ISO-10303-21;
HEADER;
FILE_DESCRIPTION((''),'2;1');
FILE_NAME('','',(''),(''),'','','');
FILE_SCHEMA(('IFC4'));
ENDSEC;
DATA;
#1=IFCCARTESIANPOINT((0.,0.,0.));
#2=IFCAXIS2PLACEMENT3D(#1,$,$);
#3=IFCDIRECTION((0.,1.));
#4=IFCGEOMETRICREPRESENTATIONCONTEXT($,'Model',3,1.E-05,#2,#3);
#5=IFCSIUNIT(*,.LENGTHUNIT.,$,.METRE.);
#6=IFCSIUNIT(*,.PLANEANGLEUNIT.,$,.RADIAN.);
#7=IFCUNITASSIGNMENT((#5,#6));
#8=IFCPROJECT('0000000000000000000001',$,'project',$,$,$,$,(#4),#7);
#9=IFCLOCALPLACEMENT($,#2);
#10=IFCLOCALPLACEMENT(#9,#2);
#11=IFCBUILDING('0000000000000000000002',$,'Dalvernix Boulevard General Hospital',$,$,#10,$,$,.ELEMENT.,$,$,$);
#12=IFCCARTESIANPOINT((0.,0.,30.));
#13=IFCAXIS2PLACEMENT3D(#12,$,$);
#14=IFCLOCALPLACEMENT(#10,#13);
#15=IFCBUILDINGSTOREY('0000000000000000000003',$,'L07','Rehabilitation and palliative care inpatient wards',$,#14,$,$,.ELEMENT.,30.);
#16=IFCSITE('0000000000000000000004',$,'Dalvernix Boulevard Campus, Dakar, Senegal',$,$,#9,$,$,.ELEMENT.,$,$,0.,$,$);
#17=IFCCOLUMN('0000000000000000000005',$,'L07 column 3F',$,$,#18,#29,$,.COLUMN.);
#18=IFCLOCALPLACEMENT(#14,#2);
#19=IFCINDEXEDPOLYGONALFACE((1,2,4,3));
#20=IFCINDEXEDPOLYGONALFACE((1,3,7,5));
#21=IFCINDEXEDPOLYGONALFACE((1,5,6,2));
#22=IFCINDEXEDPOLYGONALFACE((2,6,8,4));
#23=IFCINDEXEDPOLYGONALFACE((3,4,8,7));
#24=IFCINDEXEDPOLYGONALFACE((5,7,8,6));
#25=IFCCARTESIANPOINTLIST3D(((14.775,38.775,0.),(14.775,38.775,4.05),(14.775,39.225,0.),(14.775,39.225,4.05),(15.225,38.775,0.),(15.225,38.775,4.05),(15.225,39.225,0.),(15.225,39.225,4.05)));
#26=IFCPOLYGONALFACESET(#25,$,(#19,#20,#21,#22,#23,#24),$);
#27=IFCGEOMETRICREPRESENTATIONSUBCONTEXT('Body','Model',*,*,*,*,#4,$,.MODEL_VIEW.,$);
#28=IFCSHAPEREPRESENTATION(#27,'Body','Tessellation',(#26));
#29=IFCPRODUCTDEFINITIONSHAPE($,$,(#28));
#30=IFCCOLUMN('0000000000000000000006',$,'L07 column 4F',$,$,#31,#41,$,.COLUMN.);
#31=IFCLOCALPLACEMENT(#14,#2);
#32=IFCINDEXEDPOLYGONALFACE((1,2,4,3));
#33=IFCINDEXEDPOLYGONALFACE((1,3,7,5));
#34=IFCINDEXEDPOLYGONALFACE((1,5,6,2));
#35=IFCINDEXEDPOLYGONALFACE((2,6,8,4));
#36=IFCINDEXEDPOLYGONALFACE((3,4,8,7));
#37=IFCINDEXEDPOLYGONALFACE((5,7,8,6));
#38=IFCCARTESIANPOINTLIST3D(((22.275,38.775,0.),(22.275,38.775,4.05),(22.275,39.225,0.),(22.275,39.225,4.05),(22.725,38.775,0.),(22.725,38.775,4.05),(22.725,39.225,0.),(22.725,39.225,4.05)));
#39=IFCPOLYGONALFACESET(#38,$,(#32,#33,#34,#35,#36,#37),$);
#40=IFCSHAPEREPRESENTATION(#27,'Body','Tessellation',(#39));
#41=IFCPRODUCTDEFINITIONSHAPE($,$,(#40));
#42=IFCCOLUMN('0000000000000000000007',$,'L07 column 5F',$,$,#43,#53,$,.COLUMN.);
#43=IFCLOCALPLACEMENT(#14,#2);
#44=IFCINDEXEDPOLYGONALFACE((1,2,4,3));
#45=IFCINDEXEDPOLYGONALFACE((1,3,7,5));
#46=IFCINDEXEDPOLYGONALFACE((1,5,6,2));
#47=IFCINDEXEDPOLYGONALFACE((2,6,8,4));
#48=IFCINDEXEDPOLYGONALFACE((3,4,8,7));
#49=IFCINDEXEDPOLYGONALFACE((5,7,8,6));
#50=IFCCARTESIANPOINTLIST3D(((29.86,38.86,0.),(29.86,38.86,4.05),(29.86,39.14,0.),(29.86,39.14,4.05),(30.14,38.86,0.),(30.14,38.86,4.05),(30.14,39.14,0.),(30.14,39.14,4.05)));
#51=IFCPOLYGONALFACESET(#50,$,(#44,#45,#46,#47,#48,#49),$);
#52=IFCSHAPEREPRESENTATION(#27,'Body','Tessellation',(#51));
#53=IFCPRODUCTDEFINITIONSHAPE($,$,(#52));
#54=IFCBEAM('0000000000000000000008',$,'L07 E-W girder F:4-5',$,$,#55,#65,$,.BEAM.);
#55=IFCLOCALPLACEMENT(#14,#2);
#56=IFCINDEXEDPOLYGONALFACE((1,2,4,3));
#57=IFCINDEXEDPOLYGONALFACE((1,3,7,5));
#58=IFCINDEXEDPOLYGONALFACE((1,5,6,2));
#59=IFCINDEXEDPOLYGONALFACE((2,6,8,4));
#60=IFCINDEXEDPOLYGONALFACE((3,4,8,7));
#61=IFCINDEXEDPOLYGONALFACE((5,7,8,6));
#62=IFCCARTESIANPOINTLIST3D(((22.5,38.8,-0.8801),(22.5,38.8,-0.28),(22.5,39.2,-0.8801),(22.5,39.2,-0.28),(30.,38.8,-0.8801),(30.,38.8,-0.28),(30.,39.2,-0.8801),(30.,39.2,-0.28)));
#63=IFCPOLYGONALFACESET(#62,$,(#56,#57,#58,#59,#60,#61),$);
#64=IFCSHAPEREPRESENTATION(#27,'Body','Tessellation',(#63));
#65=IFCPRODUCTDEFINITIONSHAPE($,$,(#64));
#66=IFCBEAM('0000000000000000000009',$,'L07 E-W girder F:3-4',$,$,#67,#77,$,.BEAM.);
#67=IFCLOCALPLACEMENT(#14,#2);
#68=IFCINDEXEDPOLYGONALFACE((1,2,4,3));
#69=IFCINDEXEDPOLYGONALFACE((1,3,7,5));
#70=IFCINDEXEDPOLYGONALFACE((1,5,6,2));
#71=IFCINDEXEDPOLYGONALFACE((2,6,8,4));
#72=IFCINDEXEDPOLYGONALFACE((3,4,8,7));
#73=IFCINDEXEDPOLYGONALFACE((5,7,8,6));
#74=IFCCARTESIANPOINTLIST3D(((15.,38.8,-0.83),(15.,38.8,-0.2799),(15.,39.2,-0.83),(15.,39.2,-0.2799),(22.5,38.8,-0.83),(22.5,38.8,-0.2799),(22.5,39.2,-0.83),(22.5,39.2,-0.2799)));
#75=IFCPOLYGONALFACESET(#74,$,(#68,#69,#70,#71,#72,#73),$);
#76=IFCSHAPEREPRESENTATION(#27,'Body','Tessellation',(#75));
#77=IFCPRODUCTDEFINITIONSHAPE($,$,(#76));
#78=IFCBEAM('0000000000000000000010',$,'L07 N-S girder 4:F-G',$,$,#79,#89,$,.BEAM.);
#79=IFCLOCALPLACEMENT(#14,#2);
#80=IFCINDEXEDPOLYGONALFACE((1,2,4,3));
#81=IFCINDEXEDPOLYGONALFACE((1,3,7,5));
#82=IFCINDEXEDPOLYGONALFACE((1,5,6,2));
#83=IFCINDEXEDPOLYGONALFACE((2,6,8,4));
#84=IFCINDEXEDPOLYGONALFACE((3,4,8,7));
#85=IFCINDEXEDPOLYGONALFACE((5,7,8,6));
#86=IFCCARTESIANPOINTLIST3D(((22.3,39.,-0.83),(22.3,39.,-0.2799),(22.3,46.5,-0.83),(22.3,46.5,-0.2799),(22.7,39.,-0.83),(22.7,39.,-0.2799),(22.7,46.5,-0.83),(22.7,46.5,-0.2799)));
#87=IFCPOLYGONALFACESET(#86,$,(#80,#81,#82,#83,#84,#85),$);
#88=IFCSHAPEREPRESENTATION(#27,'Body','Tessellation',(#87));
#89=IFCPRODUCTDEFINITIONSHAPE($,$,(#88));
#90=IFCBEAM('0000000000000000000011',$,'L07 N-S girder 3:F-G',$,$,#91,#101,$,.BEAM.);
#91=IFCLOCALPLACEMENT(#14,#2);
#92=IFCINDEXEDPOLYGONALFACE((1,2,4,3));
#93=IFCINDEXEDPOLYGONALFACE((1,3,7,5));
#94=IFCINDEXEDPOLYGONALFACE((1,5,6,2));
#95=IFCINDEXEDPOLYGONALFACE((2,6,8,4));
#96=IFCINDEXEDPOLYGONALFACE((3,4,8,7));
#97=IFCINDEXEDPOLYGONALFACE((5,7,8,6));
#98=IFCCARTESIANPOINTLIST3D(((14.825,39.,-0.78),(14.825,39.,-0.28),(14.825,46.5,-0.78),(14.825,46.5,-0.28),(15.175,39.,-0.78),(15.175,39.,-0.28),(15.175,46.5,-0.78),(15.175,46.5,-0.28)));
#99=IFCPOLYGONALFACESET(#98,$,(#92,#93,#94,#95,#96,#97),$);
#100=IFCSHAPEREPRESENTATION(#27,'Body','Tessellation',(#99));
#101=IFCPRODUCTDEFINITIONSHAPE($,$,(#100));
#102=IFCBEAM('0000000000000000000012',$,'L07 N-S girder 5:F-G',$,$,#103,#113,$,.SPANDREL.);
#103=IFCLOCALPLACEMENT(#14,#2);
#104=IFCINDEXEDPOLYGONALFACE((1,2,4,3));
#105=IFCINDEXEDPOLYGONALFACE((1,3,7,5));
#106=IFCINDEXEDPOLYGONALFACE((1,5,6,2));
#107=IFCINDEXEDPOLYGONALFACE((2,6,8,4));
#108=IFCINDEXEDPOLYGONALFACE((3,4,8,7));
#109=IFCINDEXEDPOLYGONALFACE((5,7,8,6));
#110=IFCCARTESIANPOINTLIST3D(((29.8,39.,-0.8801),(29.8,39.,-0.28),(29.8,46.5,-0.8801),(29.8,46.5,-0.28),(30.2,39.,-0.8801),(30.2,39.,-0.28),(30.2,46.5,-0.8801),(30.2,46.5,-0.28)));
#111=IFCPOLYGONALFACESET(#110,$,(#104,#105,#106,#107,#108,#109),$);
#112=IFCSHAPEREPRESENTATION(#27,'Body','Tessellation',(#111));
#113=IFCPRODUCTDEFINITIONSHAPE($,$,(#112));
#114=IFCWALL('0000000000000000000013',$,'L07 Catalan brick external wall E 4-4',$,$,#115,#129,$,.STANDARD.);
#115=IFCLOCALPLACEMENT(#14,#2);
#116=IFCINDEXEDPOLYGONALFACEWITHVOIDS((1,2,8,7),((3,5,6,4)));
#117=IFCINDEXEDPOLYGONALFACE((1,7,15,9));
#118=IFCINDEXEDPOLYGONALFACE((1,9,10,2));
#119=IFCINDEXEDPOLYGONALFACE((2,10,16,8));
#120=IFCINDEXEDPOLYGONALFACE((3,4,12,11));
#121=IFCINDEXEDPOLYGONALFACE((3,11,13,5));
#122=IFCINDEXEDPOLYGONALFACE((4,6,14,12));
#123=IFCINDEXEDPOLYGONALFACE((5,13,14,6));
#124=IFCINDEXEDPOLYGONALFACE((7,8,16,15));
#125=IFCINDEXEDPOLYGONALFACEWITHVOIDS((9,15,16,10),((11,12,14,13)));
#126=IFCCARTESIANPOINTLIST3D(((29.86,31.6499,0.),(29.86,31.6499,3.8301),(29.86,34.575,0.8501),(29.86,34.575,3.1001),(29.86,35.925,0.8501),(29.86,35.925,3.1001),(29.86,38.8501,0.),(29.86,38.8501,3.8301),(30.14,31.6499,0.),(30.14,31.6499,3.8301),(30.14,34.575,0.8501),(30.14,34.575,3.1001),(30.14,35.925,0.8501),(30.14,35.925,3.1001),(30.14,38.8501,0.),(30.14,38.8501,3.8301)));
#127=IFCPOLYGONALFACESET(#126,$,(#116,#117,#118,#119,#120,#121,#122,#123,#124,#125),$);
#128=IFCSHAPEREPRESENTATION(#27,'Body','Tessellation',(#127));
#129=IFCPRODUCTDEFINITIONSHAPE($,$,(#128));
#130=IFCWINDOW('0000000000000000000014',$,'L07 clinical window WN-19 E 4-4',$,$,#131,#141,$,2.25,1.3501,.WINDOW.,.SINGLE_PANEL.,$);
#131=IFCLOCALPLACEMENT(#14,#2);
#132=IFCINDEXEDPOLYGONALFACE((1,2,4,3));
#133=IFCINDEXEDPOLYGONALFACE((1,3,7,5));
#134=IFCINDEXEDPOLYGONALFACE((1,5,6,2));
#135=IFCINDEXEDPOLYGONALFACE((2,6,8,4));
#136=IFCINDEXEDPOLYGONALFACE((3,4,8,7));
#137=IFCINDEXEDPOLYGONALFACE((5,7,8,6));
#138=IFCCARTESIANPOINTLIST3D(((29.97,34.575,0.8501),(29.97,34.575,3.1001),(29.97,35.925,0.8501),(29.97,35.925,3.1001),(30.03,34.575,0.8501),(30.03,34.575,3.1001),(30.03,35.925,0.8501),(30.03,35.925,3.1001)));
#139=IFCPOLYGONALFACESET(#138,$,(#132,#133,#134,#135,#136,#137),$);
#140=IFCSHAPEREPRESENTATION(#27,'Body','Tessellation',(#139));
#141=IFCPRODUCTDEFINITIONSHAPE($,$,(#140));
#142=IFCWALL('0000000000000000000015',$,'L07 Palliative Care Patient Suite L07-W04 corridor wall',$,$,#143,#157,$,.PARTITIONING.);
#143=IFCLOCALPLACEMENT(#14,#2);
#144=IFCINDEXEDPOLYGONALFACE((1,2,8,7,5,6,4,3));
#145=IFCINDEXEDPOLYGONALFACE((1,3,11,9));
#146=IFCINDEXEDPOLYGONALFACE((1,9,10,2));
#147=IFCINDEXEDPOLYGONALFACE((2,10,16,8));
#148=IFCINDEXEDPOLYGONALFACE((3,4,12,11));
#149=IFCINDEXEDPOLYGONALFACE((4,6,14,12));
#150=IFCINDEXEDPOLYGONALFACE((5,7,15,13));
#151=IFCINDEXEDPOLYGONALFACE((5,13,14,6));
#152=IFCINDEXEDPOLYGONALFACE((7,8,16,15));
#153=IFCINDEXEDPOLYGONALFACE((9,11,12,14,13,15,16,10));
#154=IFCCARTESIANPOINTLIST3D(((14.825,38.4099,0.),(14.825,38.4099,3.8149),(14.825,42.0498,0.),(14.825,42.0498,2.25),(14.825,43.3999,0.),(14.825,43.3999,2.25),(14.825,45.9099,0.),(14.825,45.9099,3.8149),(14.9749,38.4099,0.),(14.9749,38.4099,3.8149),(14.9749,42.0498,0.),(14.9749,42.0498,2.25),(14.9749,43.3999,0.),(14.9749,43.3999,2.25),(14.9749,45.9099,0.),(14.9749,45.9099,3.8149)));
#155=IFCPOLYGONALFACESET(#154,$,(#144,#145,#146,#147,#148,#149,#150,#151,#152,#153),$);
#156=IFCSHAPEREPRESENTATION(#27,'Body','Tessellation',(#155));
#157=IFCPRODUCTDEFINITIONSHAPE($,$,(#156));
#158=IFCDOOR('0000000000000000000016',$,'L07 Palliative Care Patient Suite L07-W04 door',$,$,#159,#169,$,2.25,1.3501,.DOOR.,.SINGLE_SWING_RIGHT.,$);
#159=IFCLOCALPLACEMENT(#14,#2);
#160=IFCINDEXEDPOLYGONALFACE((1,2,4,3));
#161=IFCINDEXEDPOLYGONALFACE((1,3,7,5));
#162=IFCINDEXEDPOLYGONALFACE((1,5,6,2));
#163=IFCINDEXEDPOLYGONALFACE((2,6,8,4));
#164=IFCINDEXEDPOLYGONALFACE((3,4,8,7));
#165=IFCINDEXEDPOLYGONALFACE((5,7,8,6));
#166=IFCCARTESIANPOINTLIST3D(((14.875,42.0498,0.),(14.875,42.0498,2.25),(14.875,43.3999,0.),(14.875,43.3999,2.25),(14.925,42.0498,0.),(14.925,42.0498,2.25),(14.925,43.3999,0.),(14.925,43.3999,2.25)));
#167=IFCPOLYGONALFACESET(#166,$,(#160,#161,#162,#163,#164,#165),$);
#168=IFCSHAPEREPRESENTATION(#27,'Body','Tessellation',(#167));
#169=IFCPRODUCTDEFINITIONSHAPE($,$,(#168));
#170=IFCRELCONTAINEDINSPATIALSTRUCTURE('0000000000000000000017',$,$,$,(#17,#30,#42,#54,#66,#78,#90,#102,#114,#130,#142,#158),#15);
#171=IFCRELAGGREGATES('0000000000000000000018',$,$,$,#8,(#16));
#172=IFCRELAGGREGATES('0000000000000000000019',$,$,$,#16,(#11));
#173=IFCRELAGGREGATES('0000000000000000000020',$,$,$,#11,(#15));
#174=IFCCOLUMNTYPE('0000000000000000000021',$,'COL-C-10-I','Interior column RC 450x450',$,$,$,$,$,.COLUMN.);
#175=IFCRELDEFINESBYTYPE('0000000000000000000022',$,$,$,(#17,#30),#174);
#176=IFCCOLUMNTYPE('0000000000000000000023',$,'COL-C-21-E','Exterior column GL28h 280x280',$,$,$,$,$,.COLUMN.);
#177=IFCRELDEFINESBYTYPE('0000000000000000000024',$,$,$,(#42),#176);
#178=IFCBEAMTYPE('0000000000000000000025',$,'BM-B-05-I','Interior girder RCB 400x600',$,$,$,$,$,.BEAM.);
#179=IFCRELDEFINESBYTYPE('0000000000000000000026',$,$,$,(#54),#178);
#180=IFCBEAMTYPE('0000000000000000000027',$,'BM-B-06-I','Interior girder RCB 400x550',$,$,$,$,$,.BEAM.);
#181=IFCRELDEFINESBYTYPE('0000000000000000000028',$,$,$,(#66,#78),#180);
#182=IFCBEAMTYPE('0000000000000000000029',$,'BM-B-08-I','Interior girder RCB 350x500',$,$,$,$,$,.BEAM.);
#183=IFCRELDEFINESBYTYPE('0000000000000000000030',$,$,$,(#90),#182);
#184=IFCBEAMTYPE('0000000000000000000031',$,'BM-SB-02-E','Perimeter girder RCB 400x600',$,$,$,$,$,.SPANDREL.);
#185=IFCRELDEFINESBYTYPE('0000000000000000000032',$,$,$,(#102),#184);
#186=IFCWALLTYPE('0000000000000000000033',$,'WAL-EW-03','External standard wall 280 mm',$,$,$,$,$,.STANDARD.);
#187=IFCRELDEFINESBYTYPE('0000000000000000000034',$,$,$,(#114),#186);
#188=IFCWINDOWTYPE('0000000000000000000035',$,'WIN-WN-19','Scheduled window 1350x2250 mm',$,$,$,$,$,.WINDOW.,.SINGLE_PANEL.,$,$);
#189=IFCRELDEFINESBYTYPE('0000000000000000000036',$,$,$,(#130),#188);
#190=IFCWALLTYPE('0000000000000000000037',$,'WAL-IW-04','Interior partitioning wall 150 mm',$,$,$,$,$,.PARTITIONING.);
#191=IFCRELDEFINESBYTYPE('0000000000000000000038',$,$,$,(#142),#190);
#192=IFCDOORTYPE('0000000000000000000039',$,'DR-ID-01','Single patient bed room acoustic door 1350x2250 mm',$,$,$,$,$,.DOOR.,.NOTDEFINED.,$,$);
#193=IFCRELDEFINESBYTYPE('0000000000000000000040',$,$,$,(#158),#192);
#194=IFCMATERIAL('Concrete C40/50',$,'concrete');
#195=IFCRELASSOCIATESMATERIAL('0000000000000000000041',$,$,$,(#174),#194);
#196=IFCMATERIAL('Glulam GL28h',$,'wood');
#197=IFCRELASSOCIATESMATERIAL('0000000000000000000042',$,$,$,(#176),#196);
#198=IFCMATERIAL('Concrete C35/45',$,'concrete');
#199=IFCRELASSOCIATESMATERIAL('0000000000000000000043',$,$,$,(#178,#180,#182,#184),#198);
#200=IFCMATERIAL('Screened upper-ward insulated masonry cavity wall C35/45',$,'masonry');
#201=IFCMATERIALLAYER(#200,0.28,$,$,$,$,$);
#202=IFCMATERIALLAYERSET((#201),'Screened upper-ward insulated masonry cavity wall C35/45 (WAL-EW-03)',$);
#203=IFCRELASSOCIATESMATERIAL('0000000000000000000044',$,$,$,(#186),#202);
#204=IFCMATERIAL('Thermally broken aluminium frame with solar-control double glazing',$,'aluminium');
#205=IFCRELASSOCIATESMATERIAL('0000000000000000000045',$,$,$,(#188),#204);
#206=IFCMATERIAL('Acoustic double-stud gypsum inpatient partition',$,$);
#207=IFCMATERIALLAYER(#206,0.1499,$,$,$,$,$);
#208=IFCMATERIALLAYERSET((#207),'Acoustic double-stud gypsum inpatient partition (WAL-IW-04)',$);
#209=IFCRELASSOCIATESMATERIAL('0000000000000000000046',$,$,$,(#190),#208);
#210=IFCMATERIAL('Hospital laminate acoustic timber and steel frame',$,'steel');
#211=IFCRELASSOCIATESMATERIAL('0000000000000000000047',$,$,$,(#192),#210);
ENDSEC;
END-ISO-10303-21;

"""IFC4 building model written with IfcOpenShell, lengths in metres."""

from ifc_helpers import new_model, si_unit, direction, frame, frame_2d, origin, origin_2d, place, context, subcontext, project, spatial, rectangle, extrude, material, layer, layer_set, material_profile, profile_set, type_object, element, fill, save


model = new_model("IFC4")

# Units and contexts
model_context = context("Model", 3, precision=1e-05, world=origin(), true_north=direction((0.0, 1.0)))
body_context = subcontext(model_context, "Body", "Model", "MODEL_VIEW")
ifc_project = project(units=[si_unit("LENGTHUNIT", "METRE"), si_unit("PLANEANGLEUNIT", "RADIAN")], contexts=[model_context])

# Site, building, storey
site_placement = place(None, origin())
site = spatial("IfcSite", under=ifc_project, at=site_placement, Name="Dalvernix Boulevard Campus, Dakar, Senegal", CompositionType="ELEMENT", RefElevation=0.0)
building_placement = place(site_placement, origin())
building = spatial("IfcBuilding", under=site, at=building_placement, Name="Dalvernix Boulevard General Hospital", CompositionType="ELEMENT")
storey_placement = place(building_placement, frame((0.0, 0.0, 30.0)))
storey = spatial("IfcBuildingStorey", under=building, at=storey_placement, Name="L07", Description="Rehabilitation and palliative care inpatient wards", CompositionType="ELEMENT", Elevation=30.0)

# Columns
ifc_material_1 = material(Name="Concrete C40/50", Category="concrete")
ifc_material_profile_1 = material_profile(ifc_material_1, rectangle(XDim=0.45, YDim=0.45, at=origin_2d()), Name="RC 450x450")
ifc_profile_set_1 = profile_set([ifc_material_profile_1], Name="Concrete C40/50")
column_type_1 = type_object("IfcColumnType", Name="COL-C-10-I", Description="Interior column RC 450x450", PredefinedType="COLUMN", material=ifc_profile_set_1)
for number, where, z_axis, x_axis, name in (
    (1, (15.0, 39.0, 0.0), (0.0, 0.0, 1.0), (1.0, 0.0, 0.0), "L07 column 3F"),
    (2, (22.5, 39.0, 0.0), (0.0, 0.0, 1.0), (1.0, 0.0, 0.0), "L07 column 4F"),
):
    element("IfcColumn", number, at=place(storey_placement, frame(where, z_axis=z_axis, x_axis=x_axis)), inside=storey, type_object=column_type_1, Name=name, PredefinedType="COLUMN", context=body_context, shape_type="SweptSolid", body=[
        extrude(rectangle(XDim=0.45, YDim=0.45, at=origin_2d()), origin(), (0.0, 0.0, 1.0), 4.05),
    ])
ifc_material_2 = material(Name="Glulam GL28h", Category="wood")
ifc_material_profile_2 = material_profile(ifc_material_2, rectangle(XDim=0.28, YDim=0.28, at=origin_2d()), Name="GL28h 280x280")
ifc_profile_set_2 = profile_set([ifc_material_profile_2], Name="Glulam GL28h")
column_type_2 = type_object("IfcColumnType", Name="COL-C-21-E", Description="Exterior column GL28h 280x280", PredefinedType="COLUMN", material=ifc_profile_set_2)
column_placement = place(storey_placement, frame((30.0, 39.0, 0.0), z_axis=(0.0, 0.0, 1.0), x_axis=(1.0, 0.0, 0.0)))
element("IfcColumn", 3, at=column_placement, inside=storey, type_object=column_type_2, Name="L07 column 5F", PredefinedType="COLUMN", context=body_context, shape_type="SweptSolid", body=[
    extrude(rectangle(XDim=0.28, YDim=0.28, at=origin_2d()), origin(), (0.0, 0.0, 1.0), 4.05),
])

# Beams
ifc_material_3 = material(Name="Concrete C35/45", Category="concrete")
ifc_material_profile_3 = material_profile(ifc_material_3, rectangle(XDim=0.3999, YDim=0.6001, at=origin_2d()), Name="RCB 400x600")
ifc_profile_set_3 = profile_set([ifc_material_profile_3], Name="Concrete C35/45")
beam_type_1 = type_object("IfcBeamType", Name="BM-B-05-I", Description="Interior girder RCB 400x600", PredefinedType="BEAM", material=ifc_profile_set_3)
beam_1_placement = place(storey_placement, frame((22.5, 39.0, -0.5801), z_axis=(1.0, 0.0, 0.0), x_axis=(0.0, 1.0, 0.0)))
element("IfcBeam", 4, at=beam_1_placement, inside=storey, type_object=beam_type_1, Name="L07 E-W girder F:4-5", PredefinedType="BEAM", context=body_context, shape_type="SweptSolid", body=[
    extrude(rectangle(XDim=0.3999, YDim=0.6001, at=origin_2d()), origin(), (0.0, 0.0, 1.0), 7.5),
])
ifc_material_profile_4 = material_profile(ifc_material_3, rectangle(XDim=0.3999, YDim=0.55, at=origin_2d()), Name="RCB 400x550")
ifc_profile_set_4 = profile_set([ifc_material_profile_4], Name="Concrete C35/45")
beam_type_2 = type_object("IfcBeamType", Name="BM-B-06-I", Description="Interior girder RCB 400x550", PredefinedType="BEAM", material=ifc_profile_set_4)
for number, where, z_axis, x_axis, name in (
    (5, (15.0, 39.0, -0.5549), (1.0, 0.0, 0.0), (0.0, 1.0, 0.0), "L07 E-W girder F:3-4"),
    (6, (22.5, 39.0, -0.5549), (0.0, 1.0, 0.0), (-1.0, 0.0, 0.0), "L07 N-S girder 4:F-G"),
):
    element("IfcBeam", number, at=place(storey_placement, frame(where, z_axis=z_axis, x_axis=x_axis)), inside=storey, type_object=beam_type_2, Name=name, PredefinedType="BEAM", context=body_context, shape_type="SweptSolid", body=[
        extrude(rectangle(XDim=0.3999, YDim=0.55, at=origin_2d()), origin(), (0.0, 0.0, 1.0), 7.5),
    ])
ifc_material_profile_5 = material_profile(ifc_material_3, rectangle(XDim=0.3501, YDim=0.5, at=origin_2d()), Name="RCB 350x500")
ifc_profile_set_5 = profile_set([ifc_material_profile_5], Name="Concrete C35/45")
beam_type_3 = type_object("IfcBeamType", Name="BM-B-08-I", Description="Interior girder RCB 350x500", PredefinedType="BEAM", material=ifc_profile_set_5)
beam_2_placement = place(storey_placement, frame((15.0, 39.0, -0.53), z_axis=(0.0, 1.0, 0.0), x_axis=(-1.0, 0.0, 0.0)))
element("IfcBeam", 7, at=beam_2_placement, inside=storey, type_object=beam_type_3, Name="L07 N-S girder 3:F-G", PredefinedType="BEAM", context=body_context, shape_type="SweptSolid", body=[
    extrude(rectangle(XDim=0.3501, YDim=0.5, at=origin_2d()), origin(), (0.0, 0.0, 1.0), 7.5),
])
ifc_material_profile_6 = material_profile(ifc_material_3, rectangle(XDim=0.3999, YDim=0.6001, at=origin_2d()), Name="RCB 400x600")
ifc_profile_set_6 = profile_set([ifc_material_profile_6], Name="Concrete C35/45")
beam_type_4 = type_object("IfcBeamType", Name="BM-SB-02-E", Description="Perimeter girder RCB 400x600", PredefinedType="SPANDREL", material=ifc_profile_set_6)
beam_3_placement = place(storey_placement, frame((30.0, 39.0, -0.5801), z_axis=(0.0, 1.0, 0.0), x_axis=(-1.0, 0.0, 0.0)))
element("IfcBeam", 8, at=beam_3_placement, inside=storey, type_object=beam_type_4, Name="L07 N-S girder 5:F-G", PredefinedType="SPANDREL", context=body_context, shape_type="SweptSolid", body=[
    extrude(rectangle(XDim=0.3999, YDim=0.6001, at=origin_2d()), origin(), (0.0, 0.0, 1.0), 7.5),
])

# Wall, opening, window
ifc_material_4 = material(Name="Screened upper-ward insulated masonry cavity wall C35/45", Category="masonry")
ifc_layer_1 = layer(ifc_material_4, 0.28)
ifc_layer_set_1 = layer_set([ifc_layer_1], Name="Screened upper-ward insulated masonry cavity wall C35/45 (WAL-EW-03)")
wall_type_1 = type_object("IfcWallType", Name="WAL-EW-03", Description="External standard wall 280 mm", PredefinedType="STANDARD", material=ifc_layer_set_1)
wall_1_placement = place(storey_placement, frame((30.0, 38.8501, 0.0), z_axis=(0.0, 0.0, 1.0), x_axis=(0.0, -1.0, 0.0)))
wall_1 = element("IfcWall", 9, at=wall_1_placement, inside=storey, type_object=wall_type_1, Name="L07 Catalan brick external wall E 4-4", PredefinedType="STANDARD", context=body_context, shape_type="SweptSolid", body=[
    extrude(rectangle(XDim=7.2002, YDim=0.28, at=frame_2d((3.6001, 0.0))), origin(), (0.0, 0.0, 1.0), 3.8301),
])
opening_1_placement = place(wall_1_placement, frame((2.925, 0.0, 0.8501)))
opening_1 = element("IfcOpeningElement", 10, at=opening_1_placement, cuts=wall_1, PredefinedType="OPENING", context=body_context, shape_type="SweptSolid", body=[
    extrude(rectangle(XDim=1.3501, YDim=2.25, at=frame_2d((0.675, 1.125))), frame((0.0, 0.1499, 0.0), z_axis=(0.0, -1.0, 0.0), x_axis=(1.0, 0.0, 0.0)), (0.0, 0.0, 1.0), 0.3),
])
ifc_material_5 = material(Name="Thermally broken aluminium frame with solar-control double glazing", Category="aluminium")
window_type = type_object("IfcWindowType", Name="WIN-WN-19", Description="Scheduled window 1350x2250 mm", PartitioningType="SINGLE_PANEL", PredefinedType="WINDOW", material=ifc_material_5)
window_placement = place(opening_1_placement, origin())
window = element("IfcWindow", 11, at=window_placement, inside=storey, type_object=window_type, Name="L07 clinical window WN-19 E 4-4", OverallHeight=2.25, OverallWidth=1.3501, PartitioningType="SINGLE_PANEL", PredefinedType="WINDOW", context=body_context, shape_type="SweptSolid", body=[
    extrude(rectangle(XDim=1.3501, YDim=2.25, at=frame_2d((0.675, 1.125))), frame((0.0, 0.03, 0.0), z_axis=(0.0, -1.0, 0.0), x_axis=(1.0, 0.0, 0.0)), (0.0, 0.0, 1.0), 0.0601),
])
fill(opening_1, window)

# Wall, opening, door
ifc_material_6 = material(Name="Acoustic double-stud gypsum inpatient partition")
ifc_layer_2 = layer(ifc_material_6, 0.1499)
ifc_layer_set_2 = layer_set([ifc_layer_2], Name="Acoustic double-stud gypsum inpatient partition (WAL-IW-04)")
wall_type_2 = type_object("IfcWallType", Name="WAL-IW-04", Description="Interior partitioning wall 150 mm", PredefinedType="PARTITIONING", material=ifc_layer_set_2)
wall_2_placement = place(storey_placement, frame((14.8999, 38.4099, 0.0), z_axis=(0.0, 0.0, 1.0), x_axis=(0.0, 1.0, 0.0)))
wall_2 = element("IfcWall", 12, at=wall_2_placement, inside=storey, type_object=wall_type_2, Name="L07 Palliative Care Patient Suite L07-W04 corridor wall", PredefinedType="PARTITIONING", context=body_context, shape_type="SweptSolid", body=[
    extrude(rectangle(XDim=7.5, YDim=0.1499, at=frame_2d((3.75, 0.0))), origin(), (0.0, 0.0, 1.0), 3.8149),
])
opening_2_placement = place(wall_2_placement, frame((3.6399, 0.0, 0.0)))
opening_2 = element("IfcOpeningElement", 13, at=opening_2_placement, cuts=wall_2, PredefinedType="OPENING", context=body_context, shape_type="SweptSolid", body=[
    extrude(rectangle(XDim=1.3501, YDim=2.25, at=frame_2d((0.675, 1.125))), frame((0.0, 0.085, 0.0), z_axis=(0.0, -1.0, 0.0), x_axis=(1.0, 0.0, 0.0)), (0.0, 0.0, 1.0), 0.1699),
])
ifc_material_7 = material(Name="Hospital laminate acoustic timber and steel frame", Category="steel")
door_type_1 = type_object("IfcDoorType", Name="DR-ID-01", Description="Single patient bed room acoustic door 1350x2250 mm", OperationType="NOTDEFINED", PredefinedType="DOOR", material=ifc_material_7)
door_1_placement = place(opening_2_placement, origin())
door_1 = element("IfcDoor", 14, at=door_1_placement, inside=storey, type_object=door_type_1, Name="L07 Palliative Care Patient Suite L07-W04 door", OperationType="SINGLE_SWING_RIGHT", OverallHeight=2.25, OverallWidth=1.3501, PredefinedType="DOOR", context=body_context, shape_type="SweptSolid", body=[
    extrude(rectangle(XDim=1.3501, YDim=2.25, at=frame_2d((0.675, 1.125))), frame((0.0, 0.0249, 0.0), z_axis=(0.0, -1.0, 0.0), x_axis=(1.0, 0.0, 0.0)), (0.0, 0.0, 1.0), 0.05),
])
fill(opening_2, door_1)

save(model, "model.ifc")
